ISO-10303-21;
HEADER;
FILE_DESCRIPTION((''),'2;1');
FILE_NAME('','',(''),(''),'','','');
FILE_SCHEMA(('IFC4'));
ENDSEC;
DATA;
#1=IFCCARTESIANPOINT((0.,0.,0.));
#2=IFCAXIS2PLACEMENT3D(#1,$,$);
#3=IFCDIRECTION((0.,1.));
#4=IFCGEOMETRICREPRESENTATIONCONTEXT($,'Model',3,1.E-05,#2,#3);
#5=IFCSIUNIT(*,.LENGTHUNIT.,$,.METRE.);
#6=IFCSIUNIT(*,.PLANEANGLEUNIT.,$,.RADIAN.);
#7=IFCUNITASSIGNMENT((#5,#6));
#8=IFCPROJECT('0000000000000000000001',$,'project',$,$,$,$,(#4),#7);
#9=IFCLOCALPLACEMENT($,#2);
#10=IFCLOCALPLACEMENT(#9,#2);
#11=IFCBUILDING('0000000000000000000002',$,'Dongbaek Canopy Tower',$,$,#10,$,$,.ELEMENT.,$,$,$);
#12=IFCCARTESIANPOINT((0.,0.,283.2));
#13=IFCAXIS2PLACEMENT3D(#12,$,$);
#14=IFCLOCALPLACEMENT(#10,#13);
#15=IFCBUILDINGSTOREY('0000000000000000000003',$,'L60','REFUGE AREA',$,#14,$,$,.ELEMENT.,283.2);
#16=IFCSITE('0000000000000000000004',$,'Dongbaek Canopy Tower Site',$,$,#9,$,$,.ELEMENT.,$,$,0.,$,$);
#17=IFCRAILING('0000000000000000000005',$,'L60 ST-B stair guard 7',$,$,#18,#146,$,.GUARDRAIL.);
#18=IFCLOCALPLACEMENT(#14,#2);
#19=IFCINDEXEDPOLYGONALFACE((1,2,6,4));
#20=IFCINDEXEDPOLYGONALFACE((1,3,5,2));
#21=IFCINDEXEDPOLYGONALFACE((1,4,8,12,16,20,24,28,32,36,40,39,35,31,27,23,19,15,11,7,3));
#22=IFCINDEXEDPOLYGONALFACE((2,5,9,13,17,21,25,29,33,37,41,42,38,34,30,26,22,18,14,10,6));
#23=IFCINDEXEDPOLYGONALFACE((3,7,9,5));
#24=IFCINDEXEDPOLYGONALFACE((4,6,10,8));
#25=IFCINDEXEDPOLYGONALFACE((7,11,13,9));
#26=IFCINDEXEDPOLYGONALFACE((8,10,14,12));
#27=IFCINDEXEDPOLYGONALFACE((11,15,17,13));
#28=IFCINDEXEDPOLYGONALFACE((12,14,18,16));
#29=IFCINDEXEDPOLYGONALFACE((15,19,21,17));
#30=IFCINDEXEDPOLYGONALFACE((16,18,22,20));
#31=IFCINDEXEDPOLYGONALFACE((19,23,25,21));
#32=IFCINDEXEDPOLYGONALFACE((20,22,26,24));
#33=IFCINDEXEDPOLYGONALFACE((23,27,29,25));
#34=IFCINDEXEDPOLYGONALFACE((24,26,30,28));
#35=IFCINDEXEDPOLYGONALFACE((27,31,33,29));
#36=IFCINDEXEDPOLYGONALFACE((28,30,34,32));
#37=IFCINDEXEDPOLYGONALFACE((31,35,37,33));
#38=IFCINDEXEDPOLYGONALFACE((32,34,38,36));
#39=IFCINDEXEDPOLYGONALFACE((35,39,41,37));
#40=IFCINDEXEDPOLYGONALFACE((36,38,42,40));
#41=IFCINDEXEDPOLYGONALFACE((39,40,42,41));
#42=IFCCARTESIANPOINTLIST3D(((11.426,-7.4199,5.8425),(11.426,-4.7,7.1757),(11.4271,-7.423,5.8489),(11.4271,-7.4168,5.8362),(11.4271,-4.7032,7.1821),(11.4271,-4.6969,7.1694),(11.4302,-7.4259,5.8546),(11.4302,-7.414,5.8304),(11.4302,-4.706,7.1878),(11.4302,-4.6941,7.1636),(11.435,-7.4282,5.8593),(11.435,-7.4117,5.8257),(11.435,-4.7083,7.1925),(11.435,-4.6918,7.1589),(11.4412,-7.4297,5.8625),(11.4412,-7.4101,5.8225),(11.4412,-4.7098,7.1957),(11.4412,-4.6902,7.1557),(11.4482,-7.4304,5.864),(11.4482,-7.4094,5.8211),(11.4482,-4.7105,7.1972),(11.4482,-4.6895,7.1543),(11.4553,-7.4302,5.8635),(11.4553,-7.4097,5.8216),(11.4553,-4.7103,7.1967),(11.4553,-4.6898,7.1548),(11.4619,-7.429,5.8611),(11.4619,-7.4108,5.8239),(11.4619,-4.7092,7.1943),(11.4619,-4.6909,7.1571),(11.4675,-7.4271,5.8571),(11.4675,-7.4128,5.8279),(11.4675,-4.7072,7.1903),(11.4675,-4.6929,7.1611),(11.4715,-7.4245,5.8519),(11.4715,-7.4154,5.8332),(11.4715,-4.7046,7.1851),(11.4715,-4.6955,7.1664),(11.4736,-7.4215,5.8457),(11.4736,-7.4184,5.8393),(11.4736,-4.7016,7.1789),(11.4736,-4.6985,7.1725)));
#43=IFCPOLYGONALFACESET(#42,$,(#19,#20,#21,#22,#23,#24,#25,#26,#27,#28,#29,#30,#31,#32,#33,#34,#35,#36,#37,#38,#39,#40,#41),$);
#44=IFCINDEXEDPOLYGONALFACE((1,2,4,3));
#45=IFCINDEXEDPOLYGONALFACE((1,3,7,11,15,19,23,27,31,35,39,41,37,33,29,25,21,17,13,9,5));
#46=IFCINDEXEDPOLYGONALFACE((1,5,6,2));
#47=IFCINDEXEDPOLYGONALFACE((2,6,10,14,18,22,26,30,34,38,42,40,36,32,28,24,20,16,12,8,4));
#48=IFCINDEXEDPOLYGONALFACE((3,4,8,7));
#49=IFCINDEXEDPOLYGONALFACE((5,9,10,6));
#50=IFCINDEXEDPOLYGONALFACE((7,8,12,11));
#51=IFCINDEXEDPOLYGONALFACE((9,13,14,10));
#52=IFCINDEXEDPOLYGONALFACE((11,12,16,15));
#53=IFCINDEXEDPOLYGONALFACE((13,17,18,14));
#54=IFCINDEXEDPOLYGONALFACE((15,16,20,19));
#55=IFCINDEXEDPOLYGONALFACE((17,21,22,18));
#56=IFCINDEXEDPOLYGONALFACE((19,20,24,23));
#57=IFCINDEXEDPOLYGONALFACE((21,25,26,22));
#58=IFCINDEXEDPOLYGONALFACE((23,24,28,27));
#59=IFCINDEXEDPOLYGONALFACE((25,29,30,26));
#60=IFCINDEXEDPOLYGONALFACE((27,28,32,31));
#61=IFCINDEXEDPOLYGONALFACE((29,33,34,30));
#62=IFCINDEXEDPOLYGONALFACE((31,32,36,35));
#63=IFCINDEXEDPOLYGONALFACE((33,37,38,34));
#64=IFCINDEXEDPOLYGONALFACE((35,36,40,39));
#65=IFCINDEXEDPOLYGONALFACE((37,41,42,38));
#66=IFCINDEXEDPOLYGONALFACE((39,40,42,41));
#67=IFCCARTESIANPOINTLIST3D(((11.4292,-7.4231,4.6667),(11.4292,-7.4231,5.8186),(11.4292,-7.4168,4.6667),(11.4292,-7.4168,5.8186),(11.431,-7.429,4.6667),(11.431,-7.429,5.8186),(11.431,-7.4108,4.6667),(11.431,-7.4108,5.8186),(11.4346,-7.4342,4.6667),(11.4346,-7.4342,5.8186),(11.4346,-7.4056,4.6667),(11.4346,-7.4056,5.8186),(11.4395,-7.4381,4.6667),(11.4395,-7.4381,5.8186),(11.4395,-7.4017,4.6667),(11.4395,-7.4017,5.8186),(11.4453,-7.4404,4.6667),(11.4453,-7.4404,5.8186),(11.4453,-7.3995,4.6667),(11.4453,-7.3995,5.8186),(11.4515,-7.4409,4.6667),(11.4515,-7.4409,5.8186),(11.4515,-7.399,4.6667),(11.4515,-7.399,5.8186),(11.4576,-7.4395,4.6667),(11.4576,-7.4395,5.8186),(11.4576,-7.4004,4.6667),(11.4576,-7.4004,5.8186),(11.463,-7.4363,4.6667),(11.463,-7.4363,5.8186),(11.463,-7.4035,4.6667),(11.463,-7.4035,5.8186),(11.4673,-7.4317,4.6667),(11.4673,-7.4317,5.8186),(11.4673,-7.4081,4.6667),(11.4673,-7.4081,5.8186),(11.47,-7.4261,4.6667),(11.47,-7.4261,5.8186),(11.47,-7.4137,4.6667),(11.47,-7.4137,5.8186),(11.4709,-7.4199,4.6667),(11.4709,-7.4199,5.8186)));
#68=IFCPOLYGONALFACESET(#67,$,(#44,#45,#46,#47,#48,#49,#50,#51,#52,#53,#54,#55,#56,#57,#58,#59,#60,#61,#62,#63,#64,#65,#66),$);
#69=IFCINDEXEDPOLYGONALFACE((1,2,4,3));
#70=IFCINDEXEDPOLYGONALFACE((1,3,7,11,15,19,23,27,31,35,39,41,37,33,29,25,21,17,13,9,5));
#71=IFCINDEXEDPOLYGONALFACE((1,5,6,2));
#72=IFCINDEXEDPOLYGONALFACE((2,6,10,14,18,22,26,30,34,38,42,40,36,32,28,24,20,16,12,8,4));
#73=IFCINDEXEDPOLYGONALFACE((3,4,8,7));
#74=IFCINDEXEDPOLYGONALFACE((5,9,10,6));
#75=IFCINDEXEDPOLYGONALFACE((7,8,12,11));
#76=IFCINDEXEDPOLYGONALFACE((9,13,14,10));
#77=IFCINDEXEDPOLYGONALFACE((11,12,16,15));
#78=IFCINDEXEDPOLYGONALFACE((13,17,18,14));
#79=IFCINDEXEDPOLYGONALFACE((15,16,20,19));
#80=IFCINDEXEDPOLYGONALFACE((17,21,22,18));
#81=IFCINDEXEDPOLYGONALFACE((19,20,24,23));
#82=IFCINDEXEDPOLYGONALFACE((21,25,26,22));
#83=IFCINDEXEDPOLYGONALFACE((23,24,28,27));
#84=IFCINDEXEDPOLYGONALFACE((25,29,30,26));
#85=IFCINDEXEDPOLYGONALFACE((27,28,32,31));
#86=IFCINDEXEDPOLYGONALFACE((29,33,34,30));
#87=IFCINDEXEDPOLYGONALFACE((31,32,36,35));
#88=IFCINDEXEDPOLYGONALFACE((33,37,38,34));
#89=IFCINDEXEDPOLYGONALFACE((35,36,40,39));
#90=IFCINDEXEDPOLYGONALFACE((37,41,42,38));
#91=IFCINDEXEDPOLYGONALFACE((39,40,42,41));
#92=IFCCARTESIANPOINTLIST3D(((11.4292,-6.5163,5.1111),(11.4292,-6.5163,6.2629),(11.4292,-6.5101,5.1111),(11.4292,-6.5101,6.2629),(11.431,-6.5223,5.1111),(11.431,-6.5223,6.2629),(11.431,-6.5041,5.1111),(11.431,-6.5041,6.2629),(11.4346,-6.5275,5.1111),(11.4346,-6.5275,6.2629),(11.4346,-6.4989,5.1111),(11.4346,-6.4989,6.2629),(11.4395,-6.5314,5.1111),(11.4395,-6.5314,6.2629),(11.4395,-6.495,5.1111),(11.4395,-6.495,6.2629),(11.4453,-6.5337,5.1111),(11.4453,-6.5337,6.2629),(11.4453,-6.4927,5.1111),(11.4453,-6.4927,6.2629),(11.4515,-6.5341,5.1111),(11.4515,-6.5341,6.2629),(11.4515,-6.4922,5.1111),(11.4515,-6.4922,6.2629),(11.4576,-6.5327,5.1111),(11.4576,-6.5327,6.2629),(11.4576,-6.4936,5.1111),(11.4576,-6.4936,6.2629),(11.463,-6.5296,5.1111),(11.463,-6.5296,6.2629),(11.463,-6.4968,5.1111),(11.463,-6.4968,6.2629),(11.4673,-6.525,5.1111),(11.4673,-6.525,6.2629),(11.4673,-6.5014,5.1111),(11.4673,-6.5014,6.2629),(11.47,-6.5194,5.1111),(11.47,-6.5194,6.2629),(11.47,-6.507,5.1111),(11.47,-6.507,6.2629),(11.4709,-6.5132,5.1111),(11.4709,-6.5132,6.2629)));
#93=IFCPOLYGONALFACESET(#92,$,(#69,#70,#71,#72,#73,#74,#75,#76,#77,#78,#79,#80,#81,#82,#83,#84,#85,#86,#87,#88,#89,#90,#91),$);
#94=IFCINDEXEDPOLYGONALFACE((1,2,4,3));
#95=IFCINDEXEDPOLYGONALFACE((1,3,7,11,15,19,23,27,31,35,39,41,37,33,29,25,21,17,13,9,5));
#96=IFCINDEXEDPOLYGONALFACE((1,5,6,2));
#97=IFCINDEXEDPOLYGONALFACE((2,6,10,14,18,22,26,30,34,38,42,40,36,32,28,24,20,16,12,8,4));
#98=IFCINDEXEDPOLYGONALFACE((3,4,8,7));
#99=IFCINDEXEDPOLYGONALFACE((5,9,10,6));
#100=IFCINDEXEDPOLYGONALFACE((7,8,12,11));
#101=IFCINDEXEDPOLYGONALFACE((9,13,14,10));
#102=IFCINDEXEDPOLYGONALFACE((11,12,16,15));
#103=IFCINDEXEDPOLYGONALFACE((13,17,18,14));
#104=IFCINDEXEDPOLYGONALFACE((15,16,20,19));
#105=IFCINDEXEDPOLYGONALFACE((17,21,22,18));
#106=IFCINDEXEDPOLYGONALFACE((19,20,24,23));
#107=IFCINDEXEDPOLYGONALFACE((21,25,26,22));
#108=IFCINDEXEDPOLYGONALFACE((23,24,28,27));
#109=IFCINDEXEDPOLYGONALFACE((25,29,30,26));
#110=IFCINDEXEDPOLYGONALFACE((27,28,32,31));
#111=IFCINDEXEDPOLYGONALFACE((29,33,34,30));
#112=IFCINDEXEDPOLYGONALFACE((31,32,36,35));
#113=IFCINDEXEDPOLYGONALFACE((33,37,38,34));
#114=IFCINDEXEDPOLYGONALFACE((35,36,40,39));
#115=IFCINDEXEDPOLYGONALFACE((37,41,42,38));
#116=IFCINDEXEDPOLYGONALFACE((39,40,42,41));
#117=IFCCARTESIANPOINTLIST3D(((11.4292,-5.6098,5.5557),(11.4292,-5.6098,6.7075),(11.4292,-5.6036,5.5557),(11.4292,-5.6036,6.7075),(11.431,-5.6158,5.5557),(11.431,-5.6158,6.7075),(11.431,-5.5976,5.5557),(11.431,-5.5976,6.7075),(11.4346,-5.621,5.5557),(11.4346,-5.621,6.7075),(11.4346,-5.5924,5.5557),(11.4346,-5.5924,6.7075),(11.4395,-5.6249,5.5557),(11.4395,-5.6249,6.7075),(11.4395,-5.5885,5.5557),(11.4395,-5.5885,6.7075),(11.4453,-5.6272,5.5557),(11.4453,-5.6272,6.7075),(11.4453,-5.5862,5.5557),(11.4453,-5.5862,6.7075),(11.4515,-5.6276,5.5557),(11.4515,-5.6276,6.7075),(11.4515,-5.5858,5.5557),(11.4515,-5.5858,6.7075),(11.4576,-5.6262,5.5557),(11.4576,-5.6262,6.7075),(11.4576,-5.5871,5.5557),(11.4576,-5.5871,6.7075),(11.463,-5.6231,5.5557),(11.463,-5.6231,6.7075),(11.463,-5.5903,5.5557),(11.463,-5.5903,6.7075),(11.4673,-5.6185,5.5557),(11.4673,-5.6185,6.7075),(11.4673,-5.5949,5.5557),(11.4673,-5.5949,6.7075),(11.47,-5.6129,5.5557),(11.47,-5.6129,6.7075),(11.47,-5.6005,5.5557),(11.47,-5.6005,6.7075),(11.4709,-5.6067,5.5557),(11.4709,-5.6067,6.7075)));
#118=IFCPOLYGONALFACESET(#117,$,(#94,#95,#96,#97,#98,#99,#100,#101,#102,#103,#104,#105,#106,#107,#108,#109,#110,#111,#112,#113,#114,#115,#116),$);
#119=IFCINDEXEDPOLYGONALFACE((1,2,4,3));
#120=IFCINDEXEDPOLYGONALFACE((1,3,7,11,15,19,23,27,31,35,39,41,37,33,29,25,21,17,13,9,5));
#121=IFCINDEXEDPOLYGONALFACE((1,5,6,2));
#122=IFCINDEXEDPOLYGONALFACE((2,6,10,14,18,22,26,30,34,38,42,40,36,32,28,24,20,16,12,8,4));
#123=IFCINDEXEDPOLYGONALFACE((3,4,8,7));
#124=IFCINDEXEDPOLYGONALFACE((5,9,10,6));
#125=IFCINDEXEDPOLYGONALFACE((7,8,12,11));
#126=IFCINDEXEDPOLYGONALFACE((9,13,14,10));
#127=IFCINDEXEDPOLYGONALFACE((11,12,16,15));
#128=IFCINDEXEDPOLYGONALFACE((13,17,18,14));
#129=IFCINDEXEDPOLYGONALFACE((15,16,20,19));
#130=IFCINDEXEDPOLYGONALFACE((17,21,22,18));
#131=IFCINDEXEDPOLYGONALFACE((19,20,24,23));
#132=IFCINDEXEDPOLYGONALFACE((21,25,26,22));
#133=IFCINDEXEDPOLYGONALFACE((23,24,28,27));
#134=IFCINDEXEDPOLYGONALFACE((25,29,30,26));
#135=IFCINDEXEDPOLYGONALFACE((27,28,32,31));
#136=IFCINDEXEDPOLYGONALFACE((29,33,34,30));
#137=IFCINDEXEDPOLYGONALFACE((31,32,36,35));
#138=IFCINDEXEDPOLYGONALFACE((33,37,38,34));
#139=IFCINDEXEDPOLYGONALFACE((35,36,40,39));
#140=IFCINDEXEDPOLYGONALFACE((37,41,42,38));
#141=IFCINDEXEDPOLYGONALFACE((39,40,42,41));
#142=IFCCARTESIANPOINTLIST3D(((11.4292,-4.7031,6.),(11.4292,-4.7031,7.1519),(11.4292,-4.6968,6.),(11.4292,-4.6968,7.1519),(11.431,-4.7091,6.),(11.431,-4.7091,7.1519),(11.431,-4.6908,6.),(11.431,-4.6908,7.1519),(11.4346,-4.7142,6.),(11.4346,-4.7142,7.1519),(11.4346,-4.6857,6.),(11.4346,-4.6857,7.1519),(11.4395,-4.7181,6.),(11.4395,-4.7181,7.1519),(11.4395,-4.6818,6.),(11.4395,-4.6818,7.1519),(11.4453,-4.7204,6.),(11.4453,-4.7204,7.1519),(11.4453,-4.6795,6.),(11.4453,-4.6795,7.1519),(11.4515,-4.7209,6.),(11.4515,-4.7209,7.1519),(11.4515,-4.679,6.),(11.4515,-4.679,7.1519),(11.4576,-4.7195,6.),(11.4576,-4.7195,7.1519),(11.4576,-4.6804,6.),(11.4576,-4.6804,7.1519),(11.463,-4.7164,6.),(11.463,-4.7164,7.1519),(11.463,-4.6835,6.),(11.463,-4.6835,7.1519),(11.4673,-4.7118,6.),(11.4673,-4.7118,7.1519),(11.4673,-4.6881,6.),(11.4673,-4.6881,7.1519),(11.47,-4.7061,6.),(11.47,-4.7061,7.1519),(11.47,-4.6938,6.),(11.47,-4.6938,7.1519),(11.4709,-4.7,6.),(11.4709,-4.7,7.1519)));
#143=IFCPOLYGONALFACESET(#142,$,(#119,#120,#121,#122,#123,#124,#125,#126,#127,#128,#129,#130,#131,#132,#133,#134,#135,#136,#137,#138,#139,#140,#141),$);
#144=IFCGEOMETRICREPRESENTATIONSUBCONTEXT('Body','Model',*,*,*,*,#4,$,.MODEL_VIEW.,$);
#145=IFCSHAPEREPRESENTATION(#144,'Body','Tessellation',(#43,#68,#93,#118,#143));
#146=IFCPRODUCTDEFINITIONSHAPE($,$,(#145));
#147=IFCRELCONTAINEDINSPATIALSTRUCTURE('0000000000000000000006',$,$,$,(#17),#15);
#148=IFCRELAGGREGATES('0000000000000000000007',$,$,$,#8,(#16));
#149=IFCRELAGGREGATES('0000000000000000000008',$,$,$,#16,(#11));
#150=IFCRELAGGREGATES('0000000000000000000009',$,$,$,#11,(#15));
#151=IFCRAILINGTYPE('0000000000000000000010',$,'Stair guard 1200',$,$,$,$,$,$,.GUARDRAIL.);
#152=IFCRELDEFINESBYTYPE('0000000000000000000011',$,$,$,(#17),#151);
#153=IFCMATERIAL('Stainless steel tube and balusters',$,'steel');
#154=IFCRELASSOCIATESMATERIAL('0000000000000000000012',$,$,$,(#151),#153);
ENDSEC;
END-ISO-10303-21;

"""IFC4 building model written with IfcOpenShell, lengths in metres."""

from ifc_helpers import new_model, si_unit, direction, frame, origin, origin_2d, place, context, subcontext, project, spatial, circle, extrude, material, type_object, element, save


model = new_model("IFC4")

# Units and contexts
model_context = context("Model", 3, precision=1e-05, world=origin(), true_north=direction((0.0, 1.0)))
body_context = subcontext(model_context, "Body", "Model", "MODEL_VIEW")
ifc_project = project(units=[si_unit("LENGTHUNIT", "METRE"), si_unit("PLANEANGLEUNIT", "RADIAN")], contexts=[model_context])

# Site, building, storey
site_placement = place(None, origin())
site = spatial("IfcSite", under=ifc_project, at=site_placement, Name="Dongbaek Canopy Tower Site", CompositionType="ELEMENT", RefElevation=0.0)
building_placement = place(site_placement, origin())
building = spatial("IfcBuilding", under=site, at=building_placement, Name="Dongbaek Canopy Tower", CompositionType="ELEMENT")
storey_placement = place(building_placement, frame((0.0, 0.0, 283.2)))
storey = spatial("IfcBuildingStorey", under=building, at=storey_placement, Name="L60", Description="REFUGE AREA", CompositionType="ELEMENT", Elevation=283.2)

# Railing
ifc_material_1 = material(Name="Stainless steel tube and balusters", Category="steel")
railing_type = type_object("IfcRailingType", Name="Stair guard 1200", PredefinedType="GUARDRAIL", material=ifc_material_1)
railing_1_placement = place(storey_placement, frame((11.45, -7.4199, 4.6667)))
element("IfcRailing", 1, at=railing_1_placement, inside=storey, type_object=railing_type, Name="L60 ST-B stair guard 7", PredefinedType="GUARDRAIL", context=body_context, shape_type="SweptSolid", body=[
    extrude(circle(Radius=0.0239, at=origin_2d()), frame((0.0, 0.0, 1.1758), z_axis=(0.0, 0.897929, 0.440139), x_axis=(-1.0, 0.0, 0.0)), (0.0, 0.0, 1.0), 3.0291),
    extrude(circle(Radius=0.021, at=origin_2d()), origin(), (0.0, 0.0, 1.0), 1.1519),
    extrude(circle(Radius=0.021, at=origin_2d()), frame((0.0, 0.9067, 0.4443)), (0.0, 0.0, 1.0), 1.1519),
    extrude(circle(Radius=0.021, at=origin_2d()), frame((0.0, 1.8132, 0.8889)), (0.0, 0.0, 1.0), 1.1519),
    extrude(circle(Radius=0.021, at=origin_2d()), frame((0.0, 2.72, 1.3333)), (0.0, 0.0, 1.0), 1.1519),
])

save(model, "model.ifc")
